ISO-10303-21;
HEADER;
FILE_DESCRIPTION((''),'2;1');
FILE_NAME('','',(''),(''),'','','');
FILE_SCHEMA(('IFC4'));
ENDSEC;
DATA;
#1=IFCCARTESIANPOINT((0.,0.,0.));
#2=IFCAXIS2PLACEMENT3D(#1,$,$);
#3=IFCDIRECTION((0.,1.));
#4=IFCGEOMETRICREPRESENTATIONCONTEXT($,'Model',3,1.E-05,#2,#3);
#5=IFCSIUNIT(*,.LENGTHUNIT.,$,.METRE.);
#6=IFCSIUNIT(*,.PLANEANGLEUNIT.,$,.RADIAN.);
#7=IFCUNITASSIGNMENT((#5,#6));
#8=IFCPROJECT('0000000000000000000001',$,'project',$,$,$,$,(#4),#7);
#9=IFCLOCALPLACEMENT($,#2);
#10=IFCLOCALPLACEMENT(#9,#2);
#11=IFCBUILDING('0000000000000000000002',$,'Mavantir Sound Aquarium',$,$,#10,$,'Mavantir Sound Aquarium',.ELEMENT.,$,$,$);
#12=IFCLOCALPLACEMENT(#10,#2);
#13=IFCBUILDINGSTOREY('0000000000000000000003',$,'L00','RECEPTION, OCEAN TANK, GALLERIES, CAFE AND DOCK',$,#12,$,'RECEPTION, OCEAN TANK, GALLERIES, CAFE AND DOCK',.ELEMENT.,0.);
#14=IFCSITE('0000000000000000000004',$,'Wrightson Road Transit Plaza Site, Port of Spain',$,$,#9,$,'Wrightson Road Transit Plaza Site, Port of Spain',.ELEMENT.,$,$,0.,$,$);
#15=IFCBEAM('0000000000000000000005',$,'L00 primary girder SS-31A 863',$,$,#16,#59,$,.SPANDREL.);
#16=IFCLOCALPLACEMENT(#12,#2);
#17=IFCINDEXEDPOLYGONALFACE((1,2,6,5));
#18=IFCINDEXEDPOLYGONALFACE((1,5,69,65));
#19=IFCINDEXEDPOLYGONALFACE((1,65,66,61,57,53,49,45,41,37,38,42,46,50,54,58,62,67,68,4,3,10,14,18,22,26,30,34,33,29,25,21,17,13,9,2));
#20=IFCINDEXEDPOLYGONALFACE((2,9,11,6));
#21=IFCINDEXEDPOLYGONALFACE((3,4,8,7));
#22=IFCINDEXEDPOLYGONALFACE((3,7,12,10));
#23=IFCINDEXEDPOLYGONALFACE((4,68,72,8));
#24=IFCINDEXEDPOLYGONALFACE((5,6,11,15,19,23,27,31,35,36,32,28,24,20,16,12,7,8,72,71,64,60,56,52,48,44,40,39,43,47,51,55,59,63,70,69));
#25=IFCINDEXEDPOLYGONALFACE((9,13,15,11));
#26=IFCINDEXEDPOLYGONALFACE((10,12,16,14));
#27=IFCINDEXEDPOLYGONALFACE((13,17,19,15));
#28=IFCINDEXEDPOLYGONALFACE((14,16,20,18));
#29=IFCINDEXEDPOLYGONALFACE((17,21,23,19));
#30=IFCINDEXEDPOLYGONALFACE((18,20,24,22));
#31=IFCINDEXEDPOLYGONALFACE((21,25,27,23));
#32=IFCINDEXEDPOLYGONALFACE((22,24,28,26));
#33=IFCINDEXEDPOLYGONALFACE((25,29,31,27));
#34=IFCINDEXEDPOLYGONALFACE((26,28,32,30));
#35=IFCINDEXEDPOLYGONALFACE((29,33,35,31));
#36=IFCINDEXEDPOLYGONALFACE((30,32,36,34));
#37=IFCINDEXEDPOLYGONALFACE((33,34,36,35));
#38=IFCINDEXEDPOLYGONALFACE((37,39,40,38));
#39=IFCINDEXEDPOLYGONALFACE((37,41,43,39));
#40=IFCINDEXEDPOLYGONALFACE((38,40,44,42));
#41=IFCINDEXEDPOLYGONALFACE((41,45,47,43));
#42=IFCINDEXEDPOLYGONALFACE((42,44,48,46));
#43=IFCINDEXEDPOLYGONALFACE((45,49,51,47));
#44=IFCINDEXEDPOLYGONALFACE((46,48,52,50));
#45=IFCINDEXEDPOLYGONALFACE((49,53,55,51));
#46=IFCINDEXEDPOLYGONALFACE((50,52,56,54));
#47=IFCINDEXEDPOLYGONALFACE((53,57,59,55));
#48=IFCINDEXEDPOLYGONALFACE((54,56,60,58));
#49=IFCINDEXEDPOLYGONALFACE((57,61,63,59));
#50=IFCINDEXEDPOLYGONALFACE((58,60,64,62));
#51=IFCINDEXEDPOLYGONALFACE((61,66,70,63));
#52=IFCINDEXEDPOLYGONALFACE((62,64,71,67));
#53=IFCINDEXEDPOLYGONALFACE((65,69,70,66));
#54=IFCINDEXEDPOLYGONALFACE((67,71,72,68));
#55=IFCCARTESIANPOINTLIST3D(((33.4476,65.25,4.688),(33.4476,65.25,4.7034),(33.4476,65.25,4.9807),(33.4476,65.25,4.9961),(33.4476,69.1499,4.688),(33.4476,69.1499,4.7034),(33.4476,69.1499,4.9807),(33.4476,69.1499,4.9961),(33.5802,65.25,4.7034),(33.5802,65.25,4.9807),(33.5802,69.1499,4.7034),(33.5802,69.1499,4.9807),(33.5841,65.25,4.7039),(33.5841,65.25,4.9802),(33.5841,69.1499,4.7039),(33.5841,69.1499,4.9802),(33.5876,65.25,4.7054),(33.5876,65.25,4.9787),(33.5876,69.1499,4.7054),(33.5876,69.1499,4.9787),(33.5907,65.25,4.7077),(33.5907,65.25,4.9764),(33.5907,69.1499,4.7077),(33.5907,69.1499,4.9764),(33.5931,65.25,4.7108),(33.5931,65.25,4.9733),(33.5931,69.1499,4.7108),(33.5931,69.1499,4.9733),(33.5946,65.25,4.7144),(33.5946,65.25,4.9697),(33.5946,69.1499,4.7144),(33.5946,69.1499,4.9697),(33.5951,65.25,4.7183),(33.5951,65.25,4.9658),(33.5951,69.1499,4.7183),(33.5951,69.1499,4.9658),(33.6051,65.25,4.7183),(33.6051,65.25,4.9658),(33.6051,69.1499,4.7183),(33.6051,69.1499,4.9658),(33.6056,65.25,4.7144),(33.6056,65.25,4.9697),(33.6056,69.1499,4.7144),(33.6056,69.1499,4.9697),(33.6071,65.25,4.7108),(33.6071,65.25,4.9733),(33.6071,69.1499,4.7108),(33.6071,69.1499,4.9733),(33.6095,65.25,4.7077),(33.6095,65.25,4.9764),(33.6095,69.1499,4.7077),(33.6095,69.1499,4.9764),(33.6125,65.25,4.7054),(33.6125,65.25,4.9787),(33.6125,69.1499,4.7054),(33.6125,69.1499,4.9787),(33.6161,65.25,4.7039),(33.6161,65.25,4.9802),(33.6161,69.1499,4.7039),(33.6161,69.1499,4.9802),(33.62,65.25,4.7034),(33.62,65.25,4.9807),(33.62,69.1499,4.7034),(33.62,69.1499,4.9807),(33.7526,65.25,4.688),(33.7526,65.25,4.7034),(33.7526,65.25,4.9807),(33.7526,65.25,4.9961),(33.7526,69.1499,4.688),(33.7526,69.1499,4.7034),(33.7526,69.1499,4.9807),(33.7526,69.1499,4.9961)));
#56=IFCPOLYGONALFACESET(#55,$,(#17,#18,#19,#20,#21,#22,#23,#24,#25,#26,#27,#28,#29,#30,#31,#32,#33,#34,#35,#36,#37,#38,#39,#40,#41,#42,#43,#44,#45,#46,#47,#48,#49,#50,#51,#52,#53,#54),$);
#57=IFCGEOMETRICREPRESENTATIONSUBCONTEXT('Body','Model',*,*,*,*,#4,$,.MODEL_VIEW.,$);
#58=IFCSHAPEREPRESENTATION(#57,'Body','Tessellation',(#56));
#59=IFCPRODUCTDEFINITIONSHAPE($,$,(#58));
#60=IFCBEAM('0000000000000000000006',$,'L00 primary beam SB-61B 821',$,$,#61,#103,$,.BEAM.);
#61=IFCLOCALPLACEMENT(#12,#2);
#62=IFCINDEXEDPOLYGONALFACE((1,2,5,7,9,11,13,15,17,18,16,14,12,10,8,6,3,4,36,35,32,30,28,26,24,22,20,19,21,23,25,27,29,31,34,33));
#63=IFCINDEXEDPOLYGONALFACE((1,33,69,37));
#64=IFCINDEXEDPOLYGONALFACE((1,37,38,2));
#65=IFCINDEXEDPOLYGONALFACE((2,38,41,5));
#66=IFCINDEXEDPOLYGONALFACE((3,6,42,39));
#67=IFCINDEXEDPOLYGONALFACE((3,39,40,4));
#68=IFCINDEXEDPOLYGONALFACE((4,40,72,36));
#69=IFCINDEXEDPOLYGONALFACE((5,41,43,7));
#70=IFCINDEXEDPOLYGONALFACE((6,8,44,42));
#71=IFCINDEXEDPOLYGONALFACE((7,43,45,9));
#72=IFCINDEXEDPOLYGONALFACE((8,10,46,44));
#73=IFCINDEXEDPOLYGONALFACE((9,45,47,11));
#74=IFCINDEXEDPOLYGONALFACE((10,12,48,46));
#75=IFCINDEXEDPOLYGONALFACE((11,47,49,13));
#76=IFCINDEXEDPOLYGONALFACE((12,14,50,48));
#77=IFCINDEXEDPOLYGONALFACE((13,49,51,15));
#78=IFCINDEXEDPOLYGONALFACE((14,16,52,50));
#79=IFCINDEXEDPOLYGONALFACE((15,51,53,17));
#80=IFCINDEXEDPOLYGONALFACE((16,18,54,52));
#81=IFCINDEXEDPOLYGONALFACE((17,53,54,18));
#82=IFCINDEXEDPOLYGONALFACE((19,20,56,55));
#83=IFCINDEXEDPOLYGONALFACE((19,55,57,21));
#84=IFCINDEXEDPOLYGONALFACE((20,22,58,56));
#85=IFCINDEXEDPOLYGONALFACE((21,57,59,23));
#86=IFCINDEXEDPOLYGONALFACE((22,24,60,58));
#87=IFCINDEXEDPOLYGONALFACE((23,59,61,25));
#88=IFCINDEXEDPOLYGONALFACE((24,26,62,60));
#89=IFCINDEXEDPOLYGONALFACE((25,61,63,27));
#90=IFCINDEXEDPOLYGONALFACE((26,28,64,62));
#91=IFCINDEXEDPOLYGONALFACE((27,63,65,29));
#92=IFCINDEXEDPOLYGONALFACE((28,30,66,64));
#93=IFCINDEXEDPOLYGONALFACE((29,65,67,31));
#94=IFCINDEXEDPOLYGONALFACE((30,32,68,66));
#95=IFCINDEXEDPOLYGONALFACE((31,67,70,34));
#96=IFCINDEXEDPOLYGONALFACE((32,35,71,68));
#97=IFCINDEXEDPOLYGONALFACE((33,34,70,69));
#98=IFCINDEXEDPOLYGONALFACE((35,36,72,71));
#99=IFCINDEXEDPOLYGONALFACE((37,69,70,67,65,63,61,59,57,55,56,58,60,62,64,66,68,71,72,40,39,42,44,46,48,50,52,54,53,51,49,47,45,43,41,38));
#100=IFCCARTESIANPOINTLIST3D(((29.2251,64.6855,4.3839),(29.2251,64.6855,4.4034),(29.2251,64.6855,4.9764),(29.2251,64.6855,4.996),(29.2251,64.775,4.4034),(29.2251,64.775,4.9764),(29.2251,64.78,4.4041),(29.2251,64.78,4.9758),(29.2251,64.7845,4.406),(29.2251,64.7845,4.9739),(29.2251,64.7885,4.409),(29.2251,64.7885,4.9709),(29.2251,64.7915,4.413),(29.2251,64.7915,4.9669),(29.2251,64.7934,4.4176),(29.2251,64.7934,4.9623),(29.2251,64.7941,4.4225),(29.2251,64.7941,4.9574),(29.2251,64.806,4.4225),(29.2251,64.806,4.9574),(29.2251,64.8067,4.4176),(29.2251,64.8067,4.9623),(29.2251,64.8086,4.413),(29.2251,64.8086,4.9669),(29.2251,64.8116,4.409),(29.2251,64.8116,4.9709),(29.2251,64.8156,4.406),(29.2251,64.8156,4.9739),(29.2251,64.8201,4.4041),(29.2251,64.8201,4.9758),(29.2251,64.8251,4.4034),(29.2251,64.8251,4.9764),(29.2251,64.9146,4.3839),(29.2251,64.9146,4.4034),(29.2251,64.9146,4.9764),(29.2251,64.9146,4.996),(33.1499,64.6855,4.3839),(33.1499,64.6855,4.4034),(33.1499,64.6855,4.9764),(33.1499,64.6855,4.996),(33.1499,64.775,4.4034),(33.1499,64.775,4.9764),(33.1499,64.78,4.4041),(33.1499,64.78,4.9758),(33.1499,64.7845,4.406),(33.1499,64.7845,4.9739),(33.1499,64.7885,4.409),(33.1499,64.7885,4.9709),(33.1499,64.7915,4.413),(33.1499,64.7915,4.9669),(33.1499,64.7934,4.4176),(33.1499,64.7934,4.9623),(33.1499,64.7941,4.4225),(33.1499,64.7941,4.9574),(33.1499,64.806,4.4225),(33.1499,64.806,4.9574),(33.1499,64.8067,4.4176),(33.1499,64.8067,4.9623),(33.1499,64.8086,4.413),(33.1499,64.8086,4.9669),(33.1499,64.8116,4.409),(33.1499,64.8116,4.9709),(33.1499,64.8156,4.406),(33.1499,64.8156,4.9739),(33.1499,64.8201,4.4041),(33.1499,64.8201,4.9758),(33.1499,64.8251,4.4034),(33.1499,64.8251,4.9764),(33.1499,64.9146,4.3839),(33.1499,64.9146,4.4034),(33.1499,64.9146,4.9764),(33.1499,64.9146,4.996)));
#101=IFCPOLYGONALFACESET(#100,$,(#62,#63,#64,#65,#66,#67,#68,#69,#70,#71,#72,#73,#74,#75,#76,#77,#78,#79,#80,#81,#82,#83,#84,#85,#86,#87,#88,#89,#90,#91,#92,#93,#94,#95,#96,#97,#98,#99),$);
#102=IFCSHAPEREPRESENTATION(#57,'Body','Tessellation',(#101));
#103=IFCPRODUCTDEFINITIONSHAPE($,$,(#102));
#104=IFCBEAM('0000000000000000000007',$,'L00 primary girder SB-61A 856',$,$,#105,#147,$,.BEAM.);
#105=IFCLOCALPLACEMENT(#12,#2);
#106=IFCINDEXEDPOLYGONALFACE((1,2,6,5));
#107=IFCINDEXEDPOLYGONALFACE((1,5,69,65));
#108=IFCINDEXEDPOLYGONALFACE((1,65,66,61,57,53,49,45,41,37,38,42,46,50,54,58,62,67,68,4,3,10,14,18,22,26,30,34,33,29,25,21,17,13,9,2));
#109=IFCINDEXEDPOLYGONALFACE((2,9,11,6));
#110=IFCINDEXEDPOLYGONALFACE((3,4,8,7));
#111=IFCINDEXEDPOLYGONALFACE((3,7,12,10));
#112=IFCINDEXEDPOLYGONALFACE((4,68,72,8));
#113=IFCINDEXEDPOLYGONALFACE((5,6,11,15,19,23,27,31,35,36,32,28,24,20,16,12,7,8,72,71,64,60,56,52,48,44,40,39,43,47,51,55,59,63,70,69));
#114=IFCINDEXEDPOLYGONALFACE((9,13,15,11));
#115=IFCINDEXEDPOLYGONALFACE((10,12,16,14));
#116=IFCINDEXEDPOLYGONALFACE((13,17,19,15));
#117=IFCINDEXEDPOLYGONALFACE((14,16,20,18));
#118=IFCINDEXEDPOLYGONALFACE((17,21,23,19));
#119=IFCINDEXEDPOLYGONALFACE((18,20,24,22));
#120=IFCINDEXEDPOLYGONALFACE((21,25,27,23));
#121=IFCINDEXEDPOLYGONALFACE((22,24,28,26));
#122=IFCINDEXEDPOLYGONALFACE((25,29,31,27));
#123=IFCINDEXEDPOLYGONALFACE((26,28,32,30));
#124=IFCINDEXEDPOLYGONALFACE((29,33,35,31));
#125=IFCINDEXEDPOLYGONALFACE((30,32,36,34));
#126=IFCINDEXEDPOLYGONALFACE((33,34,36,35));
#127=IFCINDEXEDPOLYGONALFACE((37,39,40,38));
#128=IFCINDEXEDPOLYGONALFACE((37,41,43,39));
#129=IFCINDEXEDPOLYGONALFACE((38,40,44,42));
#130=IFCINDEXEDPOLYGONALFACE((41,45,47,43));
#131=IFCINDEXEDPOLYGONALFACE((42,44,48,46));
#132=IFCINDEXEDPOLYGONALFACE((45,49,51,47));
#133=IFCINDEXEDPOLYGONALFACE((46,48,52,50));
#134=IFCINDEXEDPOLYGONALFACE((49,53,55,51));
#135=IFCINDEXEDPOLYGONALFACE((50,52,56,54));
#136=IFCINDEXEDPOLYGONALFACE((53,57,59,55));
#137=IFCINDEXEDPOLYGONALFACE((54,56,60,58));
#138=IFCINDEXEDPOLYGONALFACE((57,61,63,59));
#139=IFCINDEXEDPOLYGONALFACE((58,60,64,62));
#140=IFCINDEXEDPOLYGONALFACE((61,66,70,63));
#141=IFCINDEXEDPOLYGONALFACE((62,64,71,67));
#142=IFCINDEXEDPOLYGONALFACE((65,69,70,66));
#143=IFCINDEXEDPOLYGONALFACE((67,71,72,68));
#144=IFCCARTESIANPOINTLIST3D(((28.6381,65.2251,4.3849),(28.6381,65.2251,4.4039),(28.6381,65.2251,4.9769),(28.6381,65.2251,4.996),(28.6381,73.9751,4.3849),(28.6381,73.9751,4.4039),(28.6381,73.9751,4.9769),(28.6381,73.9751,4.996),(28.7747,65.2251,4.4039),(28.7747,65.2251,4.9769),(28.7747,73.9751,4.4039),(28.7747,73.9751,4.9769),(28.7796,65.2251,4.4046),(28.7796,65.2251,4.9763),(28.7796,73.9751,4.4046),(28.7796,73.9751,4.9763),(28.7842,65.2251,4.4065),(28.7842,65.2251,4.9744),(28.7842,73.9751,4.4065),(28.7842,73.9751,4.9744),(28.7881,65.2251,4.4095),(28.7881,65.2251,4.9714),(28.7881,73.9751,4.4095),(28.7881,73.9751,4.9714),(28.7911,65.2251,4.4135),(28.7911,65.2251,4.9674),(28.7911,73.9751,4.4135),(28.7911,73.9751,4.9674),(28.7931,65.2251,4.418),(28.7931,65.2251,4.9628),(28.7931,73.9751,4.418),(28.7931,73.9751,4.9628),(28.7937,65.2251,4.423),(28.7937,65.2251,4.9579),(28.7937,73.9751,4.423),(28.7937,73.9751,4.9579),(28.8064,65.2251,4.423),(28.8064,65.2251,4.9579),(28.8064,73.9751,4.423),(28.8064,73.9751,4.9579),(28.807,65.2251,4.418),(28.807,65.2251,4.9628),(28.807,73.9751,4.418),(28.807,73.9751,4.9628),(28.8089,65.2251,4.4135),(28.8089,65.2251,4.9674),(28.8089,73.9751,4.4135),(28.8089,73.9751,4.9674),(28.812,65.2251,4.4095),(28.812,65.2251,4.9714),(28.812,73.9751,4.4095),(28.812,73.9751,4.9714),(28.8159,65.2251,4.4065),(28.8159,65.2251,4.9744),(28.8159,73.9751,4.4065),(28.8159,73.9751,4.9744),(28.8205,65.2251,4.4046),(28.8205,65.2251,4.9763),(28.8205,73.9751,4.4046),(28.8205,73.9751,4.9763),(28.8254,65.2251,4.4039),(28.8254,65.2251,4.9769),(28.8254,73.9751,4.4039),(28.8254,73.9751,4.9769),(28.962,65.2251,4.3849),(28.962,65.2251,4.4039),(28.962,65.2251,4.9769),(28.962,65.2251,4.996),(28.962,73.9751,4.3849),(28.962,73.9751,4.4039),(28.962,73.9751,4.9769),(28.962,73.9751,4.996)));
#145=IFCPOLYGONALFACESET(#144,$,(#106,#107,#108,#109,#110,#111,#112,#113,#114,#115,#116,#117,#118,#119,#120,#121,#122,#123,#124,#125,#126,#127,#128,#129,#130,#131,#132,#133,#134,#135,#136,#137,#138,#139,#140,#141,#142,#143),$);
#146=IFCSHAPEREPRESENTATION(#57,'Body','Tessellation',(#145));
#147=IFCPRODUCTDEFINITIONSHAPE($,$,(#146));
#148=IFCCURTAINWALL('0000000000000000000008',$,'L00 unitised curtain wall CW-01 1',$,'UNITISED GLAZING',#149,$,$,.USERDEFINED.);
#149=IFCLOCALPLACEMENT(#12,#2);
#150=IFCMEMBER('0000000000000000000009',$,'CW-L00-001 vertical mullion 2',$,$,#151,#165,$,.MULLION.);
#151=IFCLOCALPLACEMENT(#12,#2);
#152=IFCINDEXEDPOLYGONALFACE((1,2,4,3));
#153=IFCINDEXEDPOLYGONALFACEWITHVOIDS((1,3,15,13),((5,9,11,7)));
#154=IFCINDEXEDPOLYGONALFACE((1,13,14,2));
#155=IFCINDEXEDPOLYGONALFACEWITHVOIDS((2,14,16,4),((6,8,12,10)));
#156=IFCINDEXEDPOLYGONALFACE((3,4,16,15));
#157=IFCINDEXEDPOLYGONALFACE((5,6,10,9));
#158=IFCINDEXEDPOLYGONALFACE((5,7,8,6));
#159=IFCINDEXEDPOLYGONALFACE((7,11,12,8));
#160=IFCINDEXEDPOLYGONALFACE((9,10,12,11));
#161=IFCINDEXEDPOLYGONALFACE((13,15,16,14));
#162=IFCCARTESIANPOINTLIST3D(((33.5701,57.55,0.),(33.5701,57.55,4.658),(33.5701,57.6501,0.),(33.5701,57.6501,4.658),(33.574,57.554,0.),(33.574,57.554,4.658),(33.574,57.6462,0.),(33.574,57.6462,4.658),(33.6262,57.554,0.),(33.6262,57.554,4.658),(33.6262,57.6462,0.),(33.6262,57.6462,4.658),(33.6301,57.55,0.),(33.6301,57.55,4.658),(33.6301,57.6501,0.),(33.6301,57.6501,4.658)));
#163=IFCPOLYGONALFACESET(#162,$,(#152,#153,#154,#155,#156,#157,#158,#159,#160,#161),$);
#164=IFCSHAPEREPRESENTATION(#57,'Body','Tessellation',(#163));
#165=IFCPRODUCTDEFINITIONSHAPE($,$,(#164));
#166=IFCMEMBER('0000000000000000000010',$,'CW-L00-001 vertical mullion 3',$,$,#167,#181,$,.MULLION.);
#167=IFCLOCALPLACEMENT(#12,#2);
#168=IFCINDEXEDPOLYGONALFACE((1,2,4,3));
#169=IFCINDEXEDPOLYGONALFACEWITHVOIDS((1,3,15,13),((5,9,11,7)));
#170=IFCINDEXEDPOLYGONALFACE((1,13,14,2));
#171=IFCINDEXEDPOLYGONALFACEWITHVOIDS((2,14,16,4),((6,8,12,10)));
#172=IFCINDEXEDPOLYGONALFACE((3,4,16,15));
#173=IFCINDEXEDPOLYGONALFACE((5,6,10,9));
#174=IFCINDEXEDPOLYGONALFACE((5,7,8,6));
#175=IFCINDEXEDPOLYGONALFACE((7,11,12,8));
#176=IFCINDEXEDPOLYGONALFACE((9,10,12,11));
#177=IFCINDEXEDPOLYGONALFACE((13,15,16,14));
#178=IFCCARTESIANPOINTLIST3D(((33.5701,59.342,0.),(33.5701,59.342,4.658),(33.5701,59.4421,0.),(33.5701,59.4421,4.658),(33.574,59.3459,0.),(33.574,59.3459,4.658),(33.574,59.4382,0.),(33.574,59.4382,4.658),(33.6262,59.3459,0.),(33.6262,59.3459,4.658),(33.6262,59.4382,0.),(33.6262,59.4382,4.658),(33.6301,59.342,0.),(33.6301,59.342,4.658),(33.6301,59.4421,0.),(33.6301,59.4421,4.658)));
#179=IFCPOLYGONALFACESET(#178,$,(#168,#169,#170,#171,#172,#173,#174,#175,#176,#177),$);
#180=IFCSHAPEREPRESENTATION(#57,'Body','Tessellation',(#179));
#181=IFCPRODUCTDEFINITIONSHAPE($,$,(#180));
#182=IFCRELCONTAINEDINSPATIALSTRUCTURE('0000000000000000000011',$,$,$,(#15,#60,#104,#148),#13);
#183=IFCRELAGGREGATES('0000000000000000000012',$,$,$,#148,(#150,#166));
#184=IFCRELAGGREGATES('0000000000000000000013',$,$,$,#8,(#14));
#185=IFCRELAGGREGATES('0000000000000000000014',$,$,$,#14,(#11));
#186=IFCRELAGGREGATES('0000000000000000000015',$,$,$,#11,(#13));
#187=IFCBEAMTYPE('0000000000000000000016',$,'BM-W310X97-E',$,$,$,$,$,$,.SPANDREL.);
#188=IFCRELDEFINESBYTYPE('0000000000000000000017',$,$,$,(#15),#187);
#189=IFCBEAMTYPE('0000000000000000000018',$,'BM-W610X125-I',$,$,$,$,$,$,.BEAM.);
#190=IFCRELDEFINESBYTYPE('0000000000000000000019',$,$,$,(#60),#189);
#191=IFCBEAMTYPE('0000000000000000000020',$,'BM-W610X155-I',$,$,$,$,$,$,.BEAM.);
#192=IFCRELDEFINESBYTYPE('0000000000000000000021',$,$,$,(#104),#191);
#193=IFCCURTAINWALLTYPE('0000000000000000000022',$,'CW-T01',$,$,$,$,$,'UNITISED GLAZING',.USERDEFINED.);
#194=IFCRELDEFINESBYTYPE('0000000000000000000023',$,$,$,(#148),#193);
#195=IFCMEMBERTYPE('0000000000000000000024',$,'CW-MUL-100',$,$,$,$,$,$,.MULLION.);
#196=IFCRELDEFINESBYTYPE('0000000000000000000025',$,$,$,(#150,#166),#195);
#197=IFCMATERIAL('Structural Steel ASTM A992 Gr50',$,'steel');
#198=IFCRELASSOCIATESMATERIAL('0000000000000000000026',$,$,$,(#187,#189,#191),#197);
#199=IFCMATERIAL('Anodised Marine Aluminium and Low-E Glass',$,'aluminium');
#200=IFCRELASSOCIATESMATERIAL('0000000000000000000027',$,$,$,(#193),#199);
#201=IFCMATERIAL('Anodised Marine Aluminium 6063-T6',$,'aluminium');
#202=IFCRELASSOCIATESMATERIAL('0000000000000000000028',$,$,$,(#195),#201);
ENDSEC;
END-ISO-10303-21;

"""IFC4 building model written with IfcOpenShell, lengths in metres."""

from ifc_helpers import new_model, si_unit, direction, frame, origin, origin_2d, place, context, subcontext, project, spatial, hollow_rectangle, i_section, extrude, material, material_profile, profile_set, type_object, element, aggregate, save


model = new_model("IFC4")

# Units and contexts
model_context = context("Model", 3, precision=1e-05, world=origin(), true_north=direction((0.0, 1.0)))
body_context = subcontext(model_context, "Body", "Model", "MODEL_VIEW")
ifc_project = project(units=[si_unit("LENGTHUNIT", "METRE"), si_unit("PLANEANGLEUNIT", "RADIAN")], contexts=[model_context])

# Site, building, storey
site_placement = place(None, origin())
site = spatial("IfcSite", under=ifc_project, at=site_placement, Name="Wrightson Road Transit Plaza Site, Port of Spain", LongName="Wrightson Road Transit Plaza Site, Port of Spain", CompositionType="ELEMENT", RefElevation=0.0)
building_placement = place(site_placement, origin())
building = spatial("IfcBuilding", under=site, at=building_placement, Name="Mavantir Sound Aquarium", LongName="Mavantir Sound Aquarium", CompositionType="ELEMENT")
storey_placement = place(building_placement, origin())
storey = spatial("IfcBuildingStorey", under=building, at=storey_placement, Name="L00", Description="RECEPTION, OCEAN TANK, GALLERIES, CAFE AND DOCK", LongName="RECEPTION, OCEAN TANK, GALLERIES, CAFE AND DOCK", CompositionType="ELEMENT", Elevation=0.0)

# Beams
ifc_material_1 = material(Name="Structural Steel ASTM A992 Gr50", Category="steel")
ifc_material_profile_1 = material_profile(ifc_material_1, i_section(OverallWidth=0.3049, OverallDepth=0.3081, WebThickness=0.01, FlangeThickness=0.0154, FilletRadius=0.0149, at=origin_2d()), Name="W310X97")
ifc_profile_set_1 = profile_set([ifc_material_profile_1], Name="Structural Steel ASTM A992 Gr50")
beam_type_1 = type_object("IfcBeamType", Name="BM-W310X97-E", PredefinedType="SPANDREL", material=ifc_profile_set_1)
beam_1_placement = place(storey_placement, frame((33.6001, 65.25, 4.842), z_axis=(0.0, 1.0, 0.0), x_axis=(-1.0, 0.0, 0.0)))
element("IfcBeam", 1, at=beam_1_placement, inside=storey, type_object=beam_type_1, Name="L00 primary girder SS-31A 863", PredefinedType="SPANDREL", context=body_context, shape_type="SweptSolid", body=[
    extrude(i_section(OverallWidth=0.3049, OverallDepth=0.3081, WebThickness=0.01, FlangeThickness=0.0154, FilletRadius=0.0149, at=origin_2d()), origin(), (0.0, 0.0, 1.0), 3.8999),
])
ifc_material_profile_2 = material_profile(ifc_material_1, i_section(OverallWidth=0.229, OverallDepth=0.6121, WebThickness=0.012, FlangeThickness=0.0195, FilletRadius=0.019, at=origin_2d()), Name="W610X125")
ifc_profile_set_2 = profile_set([ifc_material_profile_2], Name="Structural Steel ASTM A992 Gr50")
beam_type_2 = type_object("IfcBeamType", Name="BM-W610X125-I", PredefinedType="BEAM", material=ifc_profile_set_2)
beam_2_placement = place(storey_placement, frame((29.2251, 64.8, 4.6899), z_axis=(1.0, 0.0, 0.0), x_axis=(0.0, 1.0, 0.0)))
element("IfcBeam", 2, at=beam_2_placement, inside=storey, type_object=beam_type_2, Name="L00 primary beam SB-61B 821", PredefinedType="BEAM", context=body_context, shape_type="SweptSolid", body=[
    extrude(i_section(OverallWidth=0.229, OverallDepth=0.6121, WebThickness=0.012, FlangeThickness=0.0195, FilletRadius=0.019, at=origin_2d()), origin(), (0.0, 0.0, 1.0), 3.9248),
])
ifc_material_profile_3 = material_profile(ifc_material_1, i_section(OverallWidth=0.324, OverallDepth=0.6111, WebThickness=0.0127, FlangeThickness=0.019, FilletRadius=0.019, at=origin_2d()), Name="W610X155")
ifc_profile_set_3 = profile_set([ifc_material_profile_3], Name="Structural Steel ASTM A992 Gr50")
beam_type_3 = type_object("IfcBeamType", Name="BM-W610X155-I", PredefinedType="BEAM", material=ifc_profile_set_3)
beam_3_placement = place(storey_placement, frame((28.8, 65.2251, 4.6904), z_axis=(0.0, 1.0, 0.0), x_axis=(-1.0, 0.0, 0.0)))
element("IfcBeam", 3, at=beam_3_placement, inside=storey, type_object=beam_type_3, Name="L00 primary girder SB-61A 856", PredefinedType="BEAM", context=body_context, shape_type="SweptSolid", body=[
    extrude(i_section(OverallWidth=0.324, OverallDepth=0.6111, WebThickness=0.0127, FlangeThickness=0.019, FilletRadius=0.019, at=origin_2d()), origin(), (0.0, 0.0, 1.0), 8.75),
])

# Curtain wall, members
ifc_material_2 = material(Name="Anodised Marine Aluminium and Low-E Glass", Category="aluminium")
curtain_wall_type = type_object("IfcCurtainWallType", Name="CW-T01", ElementType="UNITISED GLAZING", PredefinedType="USERDEFINED", material=ifc_material_2)
curtain_wall_placement = place(storey_placement, origin())
curtain_wall = element("IfcCurtainWall", 4, at=curtain_wall_placement, inside=storey, type_object=curtain_wall_type, Name="L00 unitised curtain wall CW-01 1", ObjectType="UNITISED GLAZING", PredefinedType="USERDEFINED")
ifc_material_3 = material(Name="Anodised Marine Aluminium 6063-T6", Category="aluminium")
ifc_material_profile_4 = material_profile(ifc_material_3, hollow_rectangle(XDim=0.0601, YDim=0.1001, WallThickness=0.0039, at=origin_2d()), Name="ALU-MULLION-100X60")
ifc_profile_set_4 = profile_set([ifc_material_profile_4], Name="Anodised Marine Aluminium 6063-T6")
member_type_1 = type_object("IfcMemberType", Name="CW-MUL-100", PredefinedType="MULLION", material=ifc_profile_set_4)
member_1_placement = place(storey_placement, frame((33.6001, 57.6001, 0.0), z_axis=(0.0, 0.0, 1.0), x_axis=(1.0, 0.0, 0.0)))
member_1 = element("IfcMember", 5, at=member_1_placement, type_object=member_type_1, Name="CW-L00-001 vertical mullion 2", PredefinedType="MULLION", context=body_context, shape_type="SweptSolid", body=[
    extrude(hollow_rectangle(XDim=0.0601, YDim=0.1001, WallThickness=0.0039, at=origin_2d()), origin(), (0.0, 0.0, 1.0), 4.658),
])
member_2_placement = place(storey_placement, frame((33.6001, 59.3921, 0.0), z_axis=(0.0, 0.0, 1.0), x_axis=(1.0, 0.0, 0.0)))
member_2 = element("IfcMember", 6, at=member_2_placement, type_object=member_type_1, Name="CW-L00-001 vertical mullion 3", PredefinedType="MULLION", context=body_context, shape_type="SweptSolid", body=[
    extrude(hollow_rectangle(XDim=0.0601, YDim=0.1001, WallThickness=0.0039, at=origin_2d()), origin(), (0.0, 0.0, 1.0), 4.658),
])
aggregate(curtain_wall, [member_1, member_2])

save(model, "model.ifc")
